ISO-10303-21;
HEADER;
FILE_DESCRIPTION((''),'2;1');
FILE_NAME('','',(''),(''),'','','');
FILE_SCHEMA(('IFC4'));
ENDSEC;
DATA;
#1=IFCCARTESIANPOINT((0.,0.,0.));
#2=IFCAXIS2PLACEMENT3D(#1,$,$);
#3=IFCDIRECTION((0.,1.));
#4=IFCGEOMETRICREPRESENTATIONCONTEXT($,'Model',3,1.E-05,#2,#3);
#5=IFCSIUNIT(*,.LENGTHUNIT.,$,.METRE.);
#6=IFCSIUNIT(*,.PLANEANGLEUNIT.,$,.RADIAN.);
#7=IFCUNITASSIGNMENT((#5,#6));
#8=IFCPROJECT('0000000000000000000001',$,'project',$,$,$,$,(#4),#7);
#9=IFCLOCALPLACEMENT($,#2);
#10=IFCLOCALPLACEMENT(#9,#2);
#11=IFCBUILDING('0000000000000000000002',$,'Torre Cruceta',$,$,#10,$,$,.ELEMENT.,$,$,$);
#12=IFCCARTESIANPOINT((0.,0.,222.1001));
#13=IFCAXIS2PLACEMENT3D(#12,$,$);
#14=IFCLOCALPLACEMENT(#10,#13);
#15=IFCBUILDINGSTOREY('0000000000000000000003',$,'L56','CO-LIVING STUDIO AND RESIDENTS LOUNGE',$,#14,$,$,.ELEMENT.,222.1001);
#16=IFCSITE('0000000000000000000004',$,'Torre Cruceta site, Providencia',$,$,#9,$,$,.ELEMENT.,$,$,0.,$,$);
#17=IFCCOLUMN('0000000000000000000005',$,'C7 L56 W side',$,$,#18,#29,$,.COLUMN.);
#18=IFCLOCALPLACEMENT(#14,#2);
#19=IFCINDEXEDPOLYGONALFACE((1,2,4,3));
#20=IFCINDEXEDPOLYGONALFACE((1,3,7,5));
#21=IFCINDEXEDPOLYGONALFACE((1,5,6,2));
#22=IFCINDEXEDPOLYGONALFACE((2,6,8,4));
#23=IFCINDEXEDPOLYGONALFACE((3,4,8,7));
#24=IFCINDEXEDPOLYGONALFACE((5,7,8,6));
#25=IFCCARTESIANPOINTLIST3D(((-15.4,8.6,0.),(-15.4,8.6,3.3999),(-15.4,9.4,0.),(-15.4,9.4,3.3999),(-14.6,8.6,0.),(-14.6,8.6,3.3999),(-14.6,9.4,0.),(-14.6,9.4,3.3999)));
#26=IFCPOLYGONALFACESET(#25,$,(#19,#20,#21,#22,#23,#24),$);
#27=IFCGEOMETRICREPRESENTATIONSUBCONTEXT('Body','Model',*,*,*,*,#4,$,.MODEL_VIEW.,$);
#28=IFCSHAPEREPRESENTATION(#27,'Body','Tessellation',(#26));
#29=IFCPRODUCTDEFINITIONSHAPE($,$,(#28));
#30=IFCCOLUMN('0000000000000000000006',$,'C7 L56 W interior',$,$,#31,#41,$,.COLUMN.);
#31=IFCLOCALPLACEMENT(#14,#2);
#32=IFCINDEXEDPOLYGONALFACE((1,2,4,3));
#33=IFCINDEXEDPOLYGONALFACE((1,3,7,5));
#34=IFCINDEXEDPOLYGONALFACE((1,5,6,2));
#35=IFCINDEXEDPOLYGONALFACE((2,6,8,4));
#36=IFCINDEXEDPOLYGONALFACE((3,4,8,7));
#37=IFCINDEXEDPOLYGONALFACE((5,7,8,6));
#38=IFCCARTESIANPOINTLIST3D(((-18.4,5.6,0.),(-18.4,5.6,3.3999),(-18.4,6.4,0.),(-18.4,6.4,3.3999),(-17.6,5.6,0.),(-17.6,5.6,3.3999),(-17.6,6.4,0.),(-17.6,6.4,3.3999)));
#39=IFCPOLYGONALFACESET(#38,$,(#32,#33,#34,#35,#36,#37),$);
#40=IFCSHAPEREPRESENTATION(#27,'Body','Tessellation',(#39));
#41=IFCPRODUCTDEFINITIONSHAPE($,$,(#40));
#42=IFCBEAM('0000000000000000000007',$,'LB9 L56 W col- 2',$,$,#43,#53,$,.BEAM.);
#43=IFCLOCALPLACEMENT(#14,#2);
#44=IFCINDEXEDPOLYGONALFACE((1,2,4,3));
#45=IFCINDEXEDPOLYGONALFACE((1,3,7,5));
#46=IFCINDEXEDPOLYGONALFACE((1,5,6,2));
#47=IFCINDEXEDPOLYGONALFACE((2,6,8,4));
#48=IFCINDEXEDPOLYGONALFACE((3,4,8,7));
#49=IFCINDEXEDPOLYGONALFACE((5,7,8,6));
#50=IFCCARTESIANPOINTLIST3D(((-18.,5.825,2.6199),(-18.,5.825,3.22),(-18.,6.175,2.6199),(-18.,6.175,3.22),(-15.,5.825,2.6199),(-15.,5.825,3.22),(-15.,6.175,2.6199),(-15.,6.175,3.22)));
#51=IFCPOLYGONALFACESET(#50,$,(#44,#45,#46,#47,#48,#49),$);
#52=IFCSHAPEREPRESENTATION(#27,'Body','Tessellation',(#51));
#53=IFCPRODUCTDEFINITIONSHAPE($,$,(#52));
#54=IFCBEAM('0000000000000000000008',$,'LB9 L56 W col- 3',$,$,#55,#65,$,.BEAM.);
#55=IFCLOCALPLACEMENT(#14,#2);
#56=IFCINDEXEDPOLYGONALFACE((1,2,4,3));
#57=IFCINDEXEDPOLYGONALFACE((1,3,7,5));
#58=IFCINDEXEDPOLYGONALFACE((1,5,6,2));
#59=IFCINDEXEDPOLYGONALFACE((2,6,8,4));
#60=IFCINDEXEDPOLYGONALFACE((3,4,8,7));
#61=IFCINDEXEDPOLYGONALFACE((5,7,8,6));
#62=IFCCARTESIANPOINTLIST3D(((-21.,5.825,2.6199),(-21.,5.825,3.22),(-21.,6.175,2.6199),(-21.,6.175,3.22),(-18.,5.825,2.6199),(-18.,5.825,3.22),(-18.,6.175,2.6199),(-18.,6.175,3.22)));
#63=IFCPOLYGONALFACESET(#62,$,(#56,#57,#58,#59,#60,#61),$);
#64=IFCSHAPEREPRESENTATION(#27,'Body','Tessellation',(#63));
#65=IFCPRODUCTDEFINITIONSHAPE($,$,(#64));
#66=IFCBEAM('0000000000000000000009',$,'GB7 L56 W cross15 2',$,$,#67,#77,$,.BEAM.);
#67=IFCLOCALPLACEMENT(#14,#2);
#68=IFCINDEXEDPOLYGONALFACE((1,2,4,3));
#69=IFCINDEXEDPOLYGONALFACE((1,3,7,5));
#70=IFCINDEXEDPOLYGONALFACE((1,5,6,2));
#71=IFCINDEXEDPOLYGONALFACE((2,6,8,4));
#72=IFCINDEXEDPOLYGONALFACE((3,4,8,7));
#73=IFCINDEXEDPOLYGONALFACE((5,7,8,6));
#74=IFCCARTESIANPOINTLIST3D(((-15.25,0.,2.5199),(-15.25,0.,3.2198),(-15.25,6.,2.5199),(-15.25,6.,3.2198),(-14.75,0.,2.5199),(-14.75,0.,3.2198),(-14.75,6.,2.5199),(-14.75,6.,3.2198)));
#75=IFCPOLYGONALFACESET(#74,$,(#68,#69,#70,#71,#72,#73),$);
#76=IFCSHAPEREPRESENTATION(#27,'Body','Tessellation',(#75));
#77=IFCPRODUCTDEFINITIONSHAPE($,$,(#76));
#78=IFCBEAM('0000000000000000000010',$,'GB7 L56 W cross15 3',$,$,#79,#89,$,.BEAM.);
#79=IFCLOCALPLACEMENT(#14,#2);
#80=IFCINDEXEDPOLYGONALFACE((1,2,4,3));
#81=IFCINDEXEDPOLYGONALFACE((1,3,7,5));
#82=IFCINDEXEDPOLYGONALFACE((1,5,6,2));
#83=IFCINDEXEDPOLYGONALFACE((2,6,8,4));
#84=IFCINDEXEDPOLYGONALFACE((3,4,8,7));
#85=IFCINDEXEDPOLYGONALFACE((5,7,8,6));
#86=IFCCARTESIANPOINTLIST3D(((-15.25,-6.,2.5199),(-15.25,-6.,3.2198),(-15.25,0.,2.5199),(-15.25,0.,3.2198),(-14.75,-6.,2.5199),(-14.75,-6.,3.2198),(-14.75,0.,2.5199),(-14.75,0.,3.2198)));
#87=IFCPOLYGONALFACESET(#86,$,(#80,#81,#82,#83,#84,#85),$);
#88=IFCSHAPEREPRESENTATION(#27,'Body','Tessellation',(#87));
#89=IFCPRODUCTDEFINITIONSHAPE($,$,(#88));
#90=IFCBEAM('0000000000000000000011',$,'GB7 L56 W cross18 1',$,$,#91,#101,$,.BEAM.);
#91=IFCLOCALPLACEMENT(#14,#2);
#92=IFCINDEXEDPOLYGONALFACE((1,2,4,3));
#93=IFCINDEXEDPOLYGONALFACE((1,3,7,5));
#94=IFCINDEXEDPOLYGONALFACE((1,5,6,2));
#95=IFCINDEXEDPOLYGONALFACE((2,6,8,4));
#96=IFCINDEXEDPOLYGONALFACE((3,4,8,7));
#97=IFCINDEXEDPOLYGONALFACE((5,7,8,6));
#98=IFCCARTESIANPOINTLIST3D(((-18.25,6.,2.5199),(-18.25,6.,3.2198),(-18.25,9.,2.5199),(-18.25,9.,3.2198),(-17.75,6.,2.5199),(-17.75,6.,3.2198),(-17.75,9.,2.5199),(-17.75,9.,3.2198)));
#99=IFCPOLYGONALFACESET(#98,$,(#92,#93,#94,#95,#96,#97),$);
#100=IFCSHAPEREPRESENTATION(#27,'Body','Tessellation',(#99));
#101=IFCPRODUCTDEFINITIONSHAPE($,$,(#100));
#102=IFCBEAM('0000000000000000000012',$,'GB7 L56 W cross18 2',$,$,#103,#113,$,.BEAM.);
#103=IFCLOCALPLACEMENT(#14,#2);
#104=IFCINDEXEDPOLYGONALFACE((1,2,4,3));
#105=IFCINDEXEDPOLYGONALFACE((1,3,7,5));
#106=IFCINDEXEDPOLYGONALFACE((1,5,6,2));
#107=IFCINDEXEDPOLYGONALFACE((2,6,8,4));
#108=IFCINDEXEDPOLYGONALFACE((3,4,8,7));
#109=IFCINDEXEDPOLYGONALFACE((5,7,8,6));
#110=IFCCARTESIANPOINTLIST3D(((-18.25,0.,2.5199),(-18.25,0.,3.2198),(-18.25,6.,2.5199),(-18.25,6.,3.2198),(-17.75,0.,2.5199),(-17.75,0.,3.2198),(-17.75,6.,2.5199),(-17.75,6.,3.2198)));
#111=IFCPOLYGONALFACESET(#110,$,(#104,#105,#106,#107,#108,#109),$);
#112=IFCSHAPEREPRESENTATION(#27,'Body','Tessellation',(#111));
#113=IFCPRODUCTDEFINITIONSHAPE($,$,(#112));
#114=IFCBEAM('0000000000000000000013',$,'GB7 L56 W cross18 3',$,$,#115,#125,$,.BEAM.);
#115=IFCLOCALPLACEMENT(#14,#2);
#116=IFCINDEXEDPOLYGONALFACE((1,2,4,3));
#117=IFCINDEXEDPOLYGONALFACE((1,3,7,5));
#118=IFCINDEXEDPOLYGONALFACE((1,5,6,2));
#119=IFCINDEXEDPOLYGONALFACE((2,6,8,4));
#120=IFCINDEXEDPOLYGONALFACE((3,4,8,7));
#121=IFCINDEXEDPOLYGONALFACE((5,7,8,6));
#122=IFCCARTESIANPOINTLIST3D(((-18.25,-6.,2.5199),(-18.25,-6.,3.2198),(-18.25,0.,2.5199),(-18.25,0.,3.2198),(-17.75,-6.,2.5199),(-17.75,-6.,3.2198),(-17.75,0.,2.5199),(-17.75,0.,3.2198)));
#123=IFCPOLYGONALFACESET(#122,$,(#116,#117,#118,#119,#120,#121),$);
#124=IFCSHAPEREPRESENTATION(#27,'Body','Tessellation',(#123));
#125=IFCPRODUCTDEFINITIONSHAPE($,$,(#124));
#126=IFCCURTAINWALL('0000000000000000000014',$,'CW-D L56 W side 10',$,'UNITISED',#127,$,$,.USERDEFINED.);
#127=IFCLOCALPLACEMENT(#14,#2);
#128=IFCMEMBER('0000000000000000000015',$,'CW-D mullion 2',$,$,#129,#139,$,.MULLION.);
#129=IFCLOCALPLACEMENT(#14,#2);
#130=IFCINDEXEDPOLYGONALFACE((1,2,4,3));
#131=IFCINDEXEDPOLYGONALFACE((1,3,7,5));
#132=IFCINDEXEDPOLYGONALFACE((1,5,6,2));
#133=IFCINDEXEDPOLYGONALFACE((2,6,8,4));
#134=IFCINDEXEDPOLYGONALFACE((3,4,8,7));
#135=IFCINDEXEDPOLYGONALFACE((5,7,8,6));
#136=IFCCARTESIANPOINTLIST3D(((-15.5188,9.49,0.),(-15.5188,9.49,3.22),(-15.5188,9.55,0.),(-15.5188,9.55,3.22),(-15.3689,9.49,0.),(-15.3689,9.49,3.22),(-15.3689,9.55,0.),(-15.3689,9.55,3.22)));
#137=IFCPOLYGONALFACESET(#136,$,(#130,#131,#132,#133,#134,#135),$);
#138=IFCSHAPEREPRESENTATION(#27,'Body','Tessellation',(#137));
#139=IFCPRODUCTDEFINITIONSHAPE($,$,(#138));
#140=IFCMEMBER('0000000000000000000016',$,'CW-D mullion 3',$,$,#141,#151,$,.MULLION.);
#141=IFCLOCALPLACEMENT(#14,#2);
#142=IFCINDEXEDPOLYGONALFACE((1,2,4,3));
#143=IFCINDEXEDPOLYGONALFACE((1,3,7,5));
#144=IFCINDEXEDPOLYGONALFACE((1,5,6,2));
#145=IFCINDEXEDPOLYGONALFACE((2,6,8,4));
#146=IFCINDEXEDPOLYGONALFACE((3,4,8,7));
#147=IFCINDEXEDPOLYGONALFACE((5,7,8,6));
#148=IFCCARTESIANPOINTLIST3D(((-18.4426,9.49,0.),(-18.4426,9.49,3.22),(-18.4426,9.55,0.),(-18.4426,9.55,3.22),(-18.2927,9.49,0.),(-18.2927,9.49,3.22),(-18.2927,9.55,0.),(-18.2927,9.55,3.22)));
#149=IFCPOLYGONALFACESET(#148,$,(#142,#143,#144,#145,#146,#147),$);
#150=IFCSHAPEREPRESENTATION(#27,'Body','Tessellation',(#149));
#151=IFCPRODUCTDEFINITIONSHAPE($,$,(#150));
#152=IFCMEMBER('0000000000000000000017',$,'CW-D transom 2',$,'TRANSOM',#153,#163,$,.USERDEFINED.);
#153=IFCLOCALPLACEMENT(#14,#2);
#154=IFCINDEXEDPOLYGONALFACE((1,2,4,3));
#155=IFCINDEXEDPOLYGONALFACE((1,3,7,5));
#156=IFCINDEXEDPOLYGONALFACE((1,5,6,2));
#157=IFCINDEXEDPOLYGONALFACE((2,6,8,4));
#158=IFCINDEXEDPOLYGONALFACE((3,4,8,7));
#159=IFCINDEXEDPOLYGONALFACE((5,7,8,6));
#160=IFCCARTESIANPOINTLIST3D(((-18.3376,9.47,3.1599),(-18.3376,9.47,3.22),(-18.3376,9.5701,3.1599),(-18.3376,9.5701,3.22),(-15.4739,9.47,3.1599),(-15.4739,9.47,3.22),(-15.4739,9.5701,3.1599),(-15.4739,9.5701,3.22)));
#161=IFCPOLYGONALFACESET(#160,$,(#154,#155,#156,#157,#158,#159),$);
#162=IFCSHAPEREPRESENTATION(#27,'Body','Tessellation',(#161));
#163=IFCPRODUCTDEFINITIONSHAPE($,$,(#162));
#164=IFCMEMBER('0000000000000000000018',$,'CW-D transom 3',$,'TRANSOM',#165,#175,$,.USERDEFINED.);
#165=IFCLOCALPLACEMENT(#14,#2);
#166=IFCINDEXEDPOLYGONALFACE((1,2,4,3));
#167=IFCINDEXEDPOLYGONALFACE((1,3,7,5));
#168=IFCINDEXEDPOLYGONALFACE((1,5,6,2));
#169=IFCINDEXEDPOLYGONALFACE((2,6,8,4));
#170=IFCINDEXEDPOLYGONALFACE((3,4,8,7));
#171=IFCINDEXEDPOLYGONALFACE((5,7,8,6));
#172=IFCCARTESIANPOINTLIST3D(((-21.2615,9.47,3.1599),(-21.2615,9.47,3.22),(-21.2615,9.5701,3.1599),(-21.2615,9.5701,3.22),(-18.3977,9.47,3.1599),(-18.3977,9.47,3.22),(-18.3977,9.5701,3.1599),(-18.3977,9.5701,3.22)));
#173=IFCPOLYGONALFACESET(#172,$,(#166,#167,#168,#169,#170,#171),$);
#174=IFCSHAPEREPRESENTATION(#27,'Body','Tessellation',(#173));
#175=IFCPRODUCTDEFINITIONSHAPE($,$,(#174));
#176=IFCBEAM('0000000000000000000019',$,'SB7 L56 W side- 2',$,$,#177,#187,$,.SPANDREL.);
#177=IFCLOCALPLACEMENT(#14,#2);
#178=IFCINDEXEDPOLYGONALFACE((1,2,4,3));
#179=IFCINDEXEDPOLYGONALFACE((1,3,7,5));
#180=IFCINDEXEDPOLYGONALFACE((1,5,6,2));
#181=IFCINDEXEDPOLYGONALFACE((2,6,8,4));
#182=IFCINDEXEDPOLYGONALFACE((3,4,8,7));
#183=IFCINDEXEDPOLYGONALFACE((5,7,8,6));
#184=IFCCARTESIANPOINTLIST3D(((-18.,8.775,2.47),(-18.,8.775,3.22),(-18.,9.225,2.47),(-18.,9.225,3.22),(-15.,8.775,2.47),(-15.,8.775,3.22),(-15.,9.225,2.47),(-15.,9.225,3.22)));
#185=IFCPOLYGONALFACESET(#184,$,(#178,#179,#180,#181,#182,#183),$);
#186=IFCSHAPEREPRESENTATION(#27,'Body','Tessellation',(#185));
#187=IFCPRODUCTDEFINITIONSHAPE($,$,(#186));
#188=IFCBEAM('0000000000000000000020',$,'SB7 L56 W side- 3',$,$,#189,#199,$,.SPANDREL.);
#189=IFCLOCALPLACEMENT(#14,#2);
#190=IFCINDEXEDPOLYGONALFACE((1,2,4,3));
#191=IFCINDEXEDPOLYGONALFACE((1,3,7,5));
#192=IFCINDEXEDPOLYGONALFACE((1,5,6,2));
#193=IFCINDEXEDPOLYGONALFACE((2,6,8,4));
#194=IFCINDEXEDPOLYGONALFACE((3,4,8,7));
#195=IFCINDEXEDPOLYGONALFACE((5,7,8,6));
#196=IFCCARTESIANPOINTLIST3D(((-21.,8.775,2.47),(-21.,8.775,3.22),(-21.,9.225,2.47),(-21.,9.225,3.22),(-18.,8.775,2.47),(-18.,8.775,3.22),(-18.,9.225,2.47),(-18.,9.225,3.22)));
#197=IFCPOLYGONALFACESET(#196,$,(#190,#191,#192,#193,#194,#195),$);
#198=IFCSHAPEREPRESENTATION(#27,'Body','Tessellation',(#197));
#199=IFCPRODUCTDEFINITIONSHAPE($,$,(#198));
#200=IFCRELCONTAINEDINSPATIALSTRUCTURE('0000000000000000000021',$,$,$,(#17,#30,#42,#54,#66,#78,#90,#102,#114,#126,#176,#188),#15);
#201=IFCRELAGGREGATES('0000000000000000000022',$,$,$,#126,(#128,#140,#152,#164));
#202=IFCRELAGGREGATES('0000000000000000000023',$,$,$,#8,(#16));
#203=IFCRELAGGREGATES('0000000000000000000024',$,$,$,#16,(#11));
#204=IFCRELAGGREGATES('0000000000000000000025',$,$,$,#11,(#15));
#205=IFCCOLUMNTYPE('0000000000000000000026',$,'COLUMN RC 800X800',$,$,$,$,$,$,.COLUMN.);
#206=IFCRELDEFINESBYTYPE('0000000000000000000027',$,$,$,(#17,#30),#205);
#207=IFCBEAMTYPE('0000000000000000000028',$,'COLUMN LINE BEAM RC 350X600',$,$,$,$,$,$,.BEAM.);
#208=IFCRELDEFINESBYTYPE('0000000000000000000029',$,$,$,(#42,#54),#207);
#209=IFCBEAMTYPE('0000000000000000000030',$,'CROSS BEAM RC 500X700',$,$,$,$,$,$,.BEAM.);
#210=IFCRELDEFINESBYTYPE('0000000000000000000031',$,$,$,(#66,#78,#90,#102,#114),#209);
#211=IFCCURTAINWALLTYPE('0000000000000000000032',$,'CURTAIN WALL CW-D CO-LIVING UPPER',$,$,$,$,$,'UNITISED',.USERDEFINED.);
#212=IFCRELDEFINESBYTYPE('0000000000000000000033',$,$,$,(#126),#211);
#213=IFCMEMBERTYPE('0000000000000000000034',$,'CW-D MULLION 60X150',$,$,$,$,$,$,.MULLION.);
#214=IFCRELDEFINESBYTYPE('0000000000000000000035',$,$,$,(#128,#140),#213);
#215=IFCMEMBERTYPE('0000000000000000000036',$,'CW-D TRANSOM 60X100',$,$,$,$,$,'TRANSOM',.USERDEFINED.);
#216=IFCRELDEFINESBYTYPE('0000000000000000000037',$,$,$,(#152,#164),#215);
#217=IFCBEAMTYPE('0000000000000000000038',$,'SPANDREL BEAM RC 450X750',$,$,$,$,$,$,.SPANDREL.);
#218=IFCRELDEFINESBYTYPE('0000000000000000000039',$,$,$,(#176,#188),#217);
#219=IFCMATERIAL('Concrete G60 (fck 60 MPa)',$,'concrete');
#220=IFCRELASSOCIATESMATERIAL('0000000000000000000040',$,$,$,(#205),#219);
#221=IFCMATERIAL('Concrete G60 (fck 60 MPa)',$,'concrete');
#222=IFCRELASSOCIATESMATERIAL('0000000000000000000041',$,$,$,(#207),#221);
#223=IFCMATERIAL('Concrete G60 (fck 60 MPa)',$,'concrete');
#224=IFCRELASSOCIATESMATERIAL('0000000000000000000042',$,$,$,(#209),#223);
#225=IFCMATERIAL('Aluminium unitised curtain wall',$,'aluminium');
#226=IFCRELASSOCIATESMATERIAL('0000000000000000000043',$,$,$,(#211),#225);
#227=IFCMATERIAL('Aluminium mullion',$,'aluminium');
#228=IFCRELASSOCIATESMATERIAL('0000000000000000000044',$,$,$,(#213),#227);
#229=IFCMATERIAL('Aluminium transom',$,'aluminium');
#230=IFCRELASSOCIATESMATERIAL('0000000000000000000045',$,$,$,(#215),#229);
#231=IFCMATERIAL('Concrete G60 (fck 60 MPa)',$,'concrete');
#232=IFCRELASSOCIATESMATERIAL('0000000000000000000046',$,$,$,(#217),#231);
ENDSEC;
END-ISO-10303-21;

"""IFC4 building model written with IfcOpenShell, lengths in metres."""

from ifc_helpers import new_model, si_unit, direction, frame, origin, origin_2d, place, context, subcontext, project, spatial, rectangle, extrude, material, material_profile, profile_set, type_object, element, aggregate, save


model = new_model("IFC4")

# Units and contexts
model_context = context("Model", 3, precision=1e-05, world=origin(), true_north=direction((0.0, 1.0)))
body_context = subcontext(model_context, "Body", "Model", "MODEL_VIEW")
ifc_project = project(units=[si_unit("LENGTHUNIT", "METRE"), si_unit("PLANEANGLEUNIT", "RADIAN")], contexts=[model_context])

# Site, building, storey
site_placement = place(None, origin())
site = spatial("IfcSite", under=ifc_project, at=site_placement, Name="Torre Cruceta site, Providencia", CompositionType="ELEMENT", RefElevation=0.0)
building_placement = place(site_placement, origin())
building = spatial("IfcBuilding", under=site, at=building_placement, Name="Torre Cruceta", CompositionType="ELEMENT")
storey_placement = place(building_placement, frame((0.0, 0.0, 222.1001)))
storey = spatial("IfcBuildingStorey", under=building, at=storey_placement, Name="L56", Description="CO-LIVING STUDIO AND RESIDENTS LOUNGE", CompositionType="ELEMENT", Elevation=222.1001)

# Columns
ifc_material_1 = material(Name="Concrete G60 (fck 60 MPa)", Category="concrete")
ifc_material_profile_1 = material_profile(ifc_material_1, rectangle(XDim=0.8, YDim=0.8, at=origin_2d()), Name="RC 800X800")
ifc_profile_set_1 = profile_set([ifc_material_profile_1], Name="Concrete G60 (fck 60 MPa)")
column_type = type_object("IfcColumnType", Name="COLUMN RC 800X800", PredefinedType="COLUMN", material=ifc_profile_set_1)
for number, where, z_axis, x_axis, name in (
    (1, (-15.0, 9.0, 0.0), (0.0, 0.0, 1.0), (1.0, 0.0, 0.0), "C7 L56 W side"),
    (2, (-18.0, 6.0, 0.0), (0.0, 0.0, 1.0), (1.0, 0.0, 0.0), "C7 L56 W interior"),
):
    element("IfcColumn", number, at=place(storey_placement, frame(where, z_axis=z_axis, x_axis=x_axis)), inside=storey, type_object=column_type, Name=name, PredefinedType="COLUMN", context=body_context, shape_type="SweptSolid", body=[
        extrude(rectangle(XDim=0.8, YDim=0.8, at=origin_2d()), origin(), (0.0, 0.0, 1.0), 3.3999),
    ])

# Beams
ifc_material_2 = material(Name="Concrete G60 (fck 60 MPa)", Category="concrete")
ifc_material_profile_2 = material_profile(ifc_material_2, rectangle(XDim=0.3501, YDim=0.6001, at=origin_2d()), Name="RC 350X600")
ifc_profile_set_2 = profile_set([ifc_material_profile_2], Name="Concrete G60 (fck 60 MPa)")
beam_type_1 = type_object("IfcBeamType", Name="COLUMN LINE BEAM RC 350X600", PredefinedType="BEAM", material=ifc_profile_set_2)
for number, where, z_axis, x_axis, name in (
    (3, (-15.0, 6.0, 2.9199), (-1.0, 0.0, 0.0), (0.0, -1.0, 0.0), "LB9 L56 W col- 2"),
    (4, (-18.0, 6.0, 2.9199), (-1.0, 0.0, 0.0), (0.0, -1.0, 0.0), "LB9 L56 W col- 3"),
):
    element("IfcBeam", number, at=place(storey_placement, frame(where, z_axis=z_axis, x_axis=x_axis)), inside=storey, type_object=beam_type_1, Name=name, PredefinedType="BEAM", context=body_context, shape_type="SweptSolid", body=[
        extrude(rectangle(XDim=0.3501, YDim=0.6001, at=origin_2d()), origin(), (0.0, 0.0, 1.0), 3.0),
    ])
ifc_material_3 = material(Name="Concrete G60 (fck 60 MPa)", Category="concrete")
ifc_material_profile_3 = material_profile(ifc_material_3, rectangle(XDim=0.5, YDim=0.7, at=origin_2d()), Name="RC 500X700")
ifc_profile_set_3 = profile_set([ifc_material_profile_3], Name="Concrete G60 (fck 60 MPa)")
beam_type_2 = type_object("IfcBeamType", Name="CROSS BEAM RC 500X700", PredefinedType="BEAM", material=ifc_profile_set_3)
for number, where, z_axis, x_axis, name in (
    (5, (-15.0, 6.0, 2.8699), (0.0, -1.0, 0.0), (1.0, 0.0, 0.0), "GB7 L56 W cross15 2"),
    (6, (-15.0, 0.0, 2.8699), (0.0, -1.0, 0.0), (1.0, 0.0, 0.0), "GB7 L56 W cross15 3"),
):
    element("IfcBeam", number, at=place(storey_placement, frame(where, z_axis=z_axis, x_axis=x_axis)), inside=storey, type_object=beam_type_2, Name=name, PredefinedType="BEAM", context=body_context, shape_type="SweptSolid", body=[
        extrude(rectangle(XDim=0.5, YDim=0.7, at=origin_2d()), origin(), (0.0, 0.0, 1.0), 6.0),
    ])
beam_placement = place(storey_placement, frame((-18.0, 9.0, 2.8699), z_axis=(0.0, -1.0, 0.0), x_axis=(1.0, 0.0, 0.0)))
element("IfcBeam", 7, at=beam_placement, inside=storey, type_object=beam_type_2, Name="GB7 L56 W cross18 1", PredefinedType="BEAM", context=body_context, shape_type="SweptSolid", body=[
    extrude(rectangle(XDim=0.5, YDim=0.7, at=origin_2d()), origin(), (0.0, 0.0, 1.0), 3.0),
])
for number, where, z_axis, x_axis, name in (
    (8, (-18.0, 6.0, 2.8699), (0.0, -1.0, 0.0), (1.0, 0.0, 0.0), "GB7 L56 W cross18 2"),
    (9, (-18.0, 0.0, 2.8699), (0.0, -1.0, 0.0), (1.0, 0.0, 0.0), "GB7 L56 W cross18 3"),
):
    element("IfcBeam", number, at=place(storey_placement, frame(where, z_axis=z_axis, x_axis=x_axis)), inside=storey, type_object=beam_type_2, Name=name, PredefinedType="BEAM", context=body_context, shape_type="SweptSolid", body=[
        extrude(rectangle(XDim=0.5, YDim=0.7, at=origin_2d()), origin(), (0.0, 0.0, 1.0), 6.0),
    ])

# Curtain wall, members
ifc_material_4 = material(Name="Aluminium unitised curtain wall", Category="aluminium")
curtain_wall_type = type_object("IfcCurtainWallType", Name="CURTAIN WALL CW-D CO-LIVING UPPER", ElementType="UNITISED", PredefinedType="USERDEFINED", material=ifc_material_4)
curtain_wall_placement = place(storey_placement, origin())
curtain_wall = element("IfcCurtainWall", 10, at=curtain_wall_placement, inside=storey, type_object=curtain_wall_type, Name="CW-D L56 W side 10", ObjectType="UNITISED", PredefinedType="USERDEFINED")
ifc_material_5 = material(Name="Aluminium mullion", Category="aluminium")
ifc_material_profile_4 = material_profile(ifc_material_5, rectangle(XDim=0.0601, YDim=0.1499, at=origin_2d()), Name="AL 60X150")
ifc_profile_set_4 = profile_set([ifc_material_profile_4], Name="Aluminium mullion")
member_type_1 = type_object("IfcMemberType", Name="CW-D MULLION 60X150", PredefinedType="MULLION", material=ifc_profile_set_4)
member_1_placement = place(storey_placement, frame((-15.4438, 9.52, 0.0), z_axis=(0.0, 0.0, 1.0), x_axis=(0.0, -1.0, 0.0)))
member_1 = element("IfcMember", 11, at=member_1_placement, type_object=member_type_1, Name="CW-D mullion 2", PredefinedType="MULLION", context=body_context, shape_type="SweptSolid", body=[
    extrude(rectangle(XDim=0.0601, YDim=0.1499, at=origin_2d()), origin(), (0.0, 0.0, 1.0), 3.22),
])
member_2_placement = place(storey_placement, frame((-18.3677, 9.52, 0.0), z_axis=(0.0, 0.0, 1.0), x_axis=(0.0, -1.0, 0.0)))
member_2 = element("IfcMember", 12, at=member_2_placement, type_object=member_type_1, Name="CW-D mullion 3", PredefinedType="MULLION", context=body_context, shape_type="SweptSolid", body=[
    extrude(rectangle(XDim=0.0601, YDim=0.1499, at=origin_2d()), origin(), (0.0, 0.0, 1.0), 3.22),
])
ifc_material_6 = material(Name="Aluminium transom", Category="aluminium")
ifc_material_profile_5 = material_profile(ifc_material_6, rectangle(XDim=0.1001, YDim=0.0601, at=origin_2d()), Name="AL 100X60")
ifc_profile_set_5 = profile_set([ifc_material_profile_5], Name="Aluminium transom")
member_type_2 = type_object("IfcMemberType", Name="CW-D TRANSOM 60X100", ElementType="TRANSOM", PredefinedType="USERDEFINED", material=ifc_profile_set_5)
member_3_placement = place(storey_placement, frame((-15.4739, 9.52, 3.1899), z_axis=(-1.0, 0.0, 0.0), x_axis=(0.0, -1.0, 0.0)))
member_3 = element("IfcMember", 13, at=member_3_placement, type_object=member_type_2, Name="CW-D transom 2", ObjectType="TRANSOM", PredefinedType="USERDEFINED", context=body_context, shape_type="SweptSolid", body=[
    extrude(rectangle(XDim=0.1001, YDim=0.0601, at=origin_2d()), origin(), (0.0, 0.0, 1.0), 2.8638),
])
member_4_placement = place(storey_placement, frame((-18.3977, 9.52, 3.1899), z_axis=(-1.0, 0.0, 0.0), x_axis=(0.0, -1.0, 0.0)))
member_4 = element("IfcMember", 14, at=member_4_placement, type_object=member_type_2, Name="CW-D transom 3", ObjectType="TRANSOM", PredefinedType="USERDEFINED", context=body_context, shape_type="SweptSolid", body=[
    extrude(rectangle(XDim=0.1001, YDim=0.0601, at=origin_2d()), origin(), (0.0, 0.0, 1.0), 2.8638),
])

# Beams
ifc_material_7 = material(Name="Concrete G60 (fck 60 MPa)", Category="concrete")
ifc_material_profile_6 = material_profile(ifc_material_7, rectangle(XDim=0.45, YDim=0.75, at=origin_2d()), Name="RC 450X750")
ifc_profile_set_6 = profile_set([ifc_material_profile_6], Name="Concrete G60 (fck 60 MPa)")
beam_type_3 = type_object("IfcBeamType", Name="SPANDREL BEAM RC 450X750", PredefinedType="SPANDREL", material=ifc_profile_set_6)
for number, where, z_axis, x_axis, name in (
    (15, (-15.0, 9.0, 2.845), (-1.0, 0.0, 0.0), (0.0, -1.0, 0.0), "SB7 L56 W side- 2"),
    (16, (-18.0, 9.0, 2.845), (-1.0, 0.0, 0.0), (0.0, -1.0, 0.0), "SB7 L56 W side- 3"),
):
    element("IfcBeam", number, at=place(storey_placement, frame(where, z_axis=z_axis, x_axis=x_axis)), inside=storey, type_object=beam_type_3, Name=name, PredefinedType="SPANDREL", context=body_context, shape_type="SweptSolid", body=[
        extrude(rectangle(XDim=0.45, YDim=0.75, at=origin_2d()), origin(), (0.0, 0.0, 1.0), 3.0),
    ])

aggregate(curtain_wall, [member_1, member_2, member_3, member_4])

save(model, "model.ifc")
